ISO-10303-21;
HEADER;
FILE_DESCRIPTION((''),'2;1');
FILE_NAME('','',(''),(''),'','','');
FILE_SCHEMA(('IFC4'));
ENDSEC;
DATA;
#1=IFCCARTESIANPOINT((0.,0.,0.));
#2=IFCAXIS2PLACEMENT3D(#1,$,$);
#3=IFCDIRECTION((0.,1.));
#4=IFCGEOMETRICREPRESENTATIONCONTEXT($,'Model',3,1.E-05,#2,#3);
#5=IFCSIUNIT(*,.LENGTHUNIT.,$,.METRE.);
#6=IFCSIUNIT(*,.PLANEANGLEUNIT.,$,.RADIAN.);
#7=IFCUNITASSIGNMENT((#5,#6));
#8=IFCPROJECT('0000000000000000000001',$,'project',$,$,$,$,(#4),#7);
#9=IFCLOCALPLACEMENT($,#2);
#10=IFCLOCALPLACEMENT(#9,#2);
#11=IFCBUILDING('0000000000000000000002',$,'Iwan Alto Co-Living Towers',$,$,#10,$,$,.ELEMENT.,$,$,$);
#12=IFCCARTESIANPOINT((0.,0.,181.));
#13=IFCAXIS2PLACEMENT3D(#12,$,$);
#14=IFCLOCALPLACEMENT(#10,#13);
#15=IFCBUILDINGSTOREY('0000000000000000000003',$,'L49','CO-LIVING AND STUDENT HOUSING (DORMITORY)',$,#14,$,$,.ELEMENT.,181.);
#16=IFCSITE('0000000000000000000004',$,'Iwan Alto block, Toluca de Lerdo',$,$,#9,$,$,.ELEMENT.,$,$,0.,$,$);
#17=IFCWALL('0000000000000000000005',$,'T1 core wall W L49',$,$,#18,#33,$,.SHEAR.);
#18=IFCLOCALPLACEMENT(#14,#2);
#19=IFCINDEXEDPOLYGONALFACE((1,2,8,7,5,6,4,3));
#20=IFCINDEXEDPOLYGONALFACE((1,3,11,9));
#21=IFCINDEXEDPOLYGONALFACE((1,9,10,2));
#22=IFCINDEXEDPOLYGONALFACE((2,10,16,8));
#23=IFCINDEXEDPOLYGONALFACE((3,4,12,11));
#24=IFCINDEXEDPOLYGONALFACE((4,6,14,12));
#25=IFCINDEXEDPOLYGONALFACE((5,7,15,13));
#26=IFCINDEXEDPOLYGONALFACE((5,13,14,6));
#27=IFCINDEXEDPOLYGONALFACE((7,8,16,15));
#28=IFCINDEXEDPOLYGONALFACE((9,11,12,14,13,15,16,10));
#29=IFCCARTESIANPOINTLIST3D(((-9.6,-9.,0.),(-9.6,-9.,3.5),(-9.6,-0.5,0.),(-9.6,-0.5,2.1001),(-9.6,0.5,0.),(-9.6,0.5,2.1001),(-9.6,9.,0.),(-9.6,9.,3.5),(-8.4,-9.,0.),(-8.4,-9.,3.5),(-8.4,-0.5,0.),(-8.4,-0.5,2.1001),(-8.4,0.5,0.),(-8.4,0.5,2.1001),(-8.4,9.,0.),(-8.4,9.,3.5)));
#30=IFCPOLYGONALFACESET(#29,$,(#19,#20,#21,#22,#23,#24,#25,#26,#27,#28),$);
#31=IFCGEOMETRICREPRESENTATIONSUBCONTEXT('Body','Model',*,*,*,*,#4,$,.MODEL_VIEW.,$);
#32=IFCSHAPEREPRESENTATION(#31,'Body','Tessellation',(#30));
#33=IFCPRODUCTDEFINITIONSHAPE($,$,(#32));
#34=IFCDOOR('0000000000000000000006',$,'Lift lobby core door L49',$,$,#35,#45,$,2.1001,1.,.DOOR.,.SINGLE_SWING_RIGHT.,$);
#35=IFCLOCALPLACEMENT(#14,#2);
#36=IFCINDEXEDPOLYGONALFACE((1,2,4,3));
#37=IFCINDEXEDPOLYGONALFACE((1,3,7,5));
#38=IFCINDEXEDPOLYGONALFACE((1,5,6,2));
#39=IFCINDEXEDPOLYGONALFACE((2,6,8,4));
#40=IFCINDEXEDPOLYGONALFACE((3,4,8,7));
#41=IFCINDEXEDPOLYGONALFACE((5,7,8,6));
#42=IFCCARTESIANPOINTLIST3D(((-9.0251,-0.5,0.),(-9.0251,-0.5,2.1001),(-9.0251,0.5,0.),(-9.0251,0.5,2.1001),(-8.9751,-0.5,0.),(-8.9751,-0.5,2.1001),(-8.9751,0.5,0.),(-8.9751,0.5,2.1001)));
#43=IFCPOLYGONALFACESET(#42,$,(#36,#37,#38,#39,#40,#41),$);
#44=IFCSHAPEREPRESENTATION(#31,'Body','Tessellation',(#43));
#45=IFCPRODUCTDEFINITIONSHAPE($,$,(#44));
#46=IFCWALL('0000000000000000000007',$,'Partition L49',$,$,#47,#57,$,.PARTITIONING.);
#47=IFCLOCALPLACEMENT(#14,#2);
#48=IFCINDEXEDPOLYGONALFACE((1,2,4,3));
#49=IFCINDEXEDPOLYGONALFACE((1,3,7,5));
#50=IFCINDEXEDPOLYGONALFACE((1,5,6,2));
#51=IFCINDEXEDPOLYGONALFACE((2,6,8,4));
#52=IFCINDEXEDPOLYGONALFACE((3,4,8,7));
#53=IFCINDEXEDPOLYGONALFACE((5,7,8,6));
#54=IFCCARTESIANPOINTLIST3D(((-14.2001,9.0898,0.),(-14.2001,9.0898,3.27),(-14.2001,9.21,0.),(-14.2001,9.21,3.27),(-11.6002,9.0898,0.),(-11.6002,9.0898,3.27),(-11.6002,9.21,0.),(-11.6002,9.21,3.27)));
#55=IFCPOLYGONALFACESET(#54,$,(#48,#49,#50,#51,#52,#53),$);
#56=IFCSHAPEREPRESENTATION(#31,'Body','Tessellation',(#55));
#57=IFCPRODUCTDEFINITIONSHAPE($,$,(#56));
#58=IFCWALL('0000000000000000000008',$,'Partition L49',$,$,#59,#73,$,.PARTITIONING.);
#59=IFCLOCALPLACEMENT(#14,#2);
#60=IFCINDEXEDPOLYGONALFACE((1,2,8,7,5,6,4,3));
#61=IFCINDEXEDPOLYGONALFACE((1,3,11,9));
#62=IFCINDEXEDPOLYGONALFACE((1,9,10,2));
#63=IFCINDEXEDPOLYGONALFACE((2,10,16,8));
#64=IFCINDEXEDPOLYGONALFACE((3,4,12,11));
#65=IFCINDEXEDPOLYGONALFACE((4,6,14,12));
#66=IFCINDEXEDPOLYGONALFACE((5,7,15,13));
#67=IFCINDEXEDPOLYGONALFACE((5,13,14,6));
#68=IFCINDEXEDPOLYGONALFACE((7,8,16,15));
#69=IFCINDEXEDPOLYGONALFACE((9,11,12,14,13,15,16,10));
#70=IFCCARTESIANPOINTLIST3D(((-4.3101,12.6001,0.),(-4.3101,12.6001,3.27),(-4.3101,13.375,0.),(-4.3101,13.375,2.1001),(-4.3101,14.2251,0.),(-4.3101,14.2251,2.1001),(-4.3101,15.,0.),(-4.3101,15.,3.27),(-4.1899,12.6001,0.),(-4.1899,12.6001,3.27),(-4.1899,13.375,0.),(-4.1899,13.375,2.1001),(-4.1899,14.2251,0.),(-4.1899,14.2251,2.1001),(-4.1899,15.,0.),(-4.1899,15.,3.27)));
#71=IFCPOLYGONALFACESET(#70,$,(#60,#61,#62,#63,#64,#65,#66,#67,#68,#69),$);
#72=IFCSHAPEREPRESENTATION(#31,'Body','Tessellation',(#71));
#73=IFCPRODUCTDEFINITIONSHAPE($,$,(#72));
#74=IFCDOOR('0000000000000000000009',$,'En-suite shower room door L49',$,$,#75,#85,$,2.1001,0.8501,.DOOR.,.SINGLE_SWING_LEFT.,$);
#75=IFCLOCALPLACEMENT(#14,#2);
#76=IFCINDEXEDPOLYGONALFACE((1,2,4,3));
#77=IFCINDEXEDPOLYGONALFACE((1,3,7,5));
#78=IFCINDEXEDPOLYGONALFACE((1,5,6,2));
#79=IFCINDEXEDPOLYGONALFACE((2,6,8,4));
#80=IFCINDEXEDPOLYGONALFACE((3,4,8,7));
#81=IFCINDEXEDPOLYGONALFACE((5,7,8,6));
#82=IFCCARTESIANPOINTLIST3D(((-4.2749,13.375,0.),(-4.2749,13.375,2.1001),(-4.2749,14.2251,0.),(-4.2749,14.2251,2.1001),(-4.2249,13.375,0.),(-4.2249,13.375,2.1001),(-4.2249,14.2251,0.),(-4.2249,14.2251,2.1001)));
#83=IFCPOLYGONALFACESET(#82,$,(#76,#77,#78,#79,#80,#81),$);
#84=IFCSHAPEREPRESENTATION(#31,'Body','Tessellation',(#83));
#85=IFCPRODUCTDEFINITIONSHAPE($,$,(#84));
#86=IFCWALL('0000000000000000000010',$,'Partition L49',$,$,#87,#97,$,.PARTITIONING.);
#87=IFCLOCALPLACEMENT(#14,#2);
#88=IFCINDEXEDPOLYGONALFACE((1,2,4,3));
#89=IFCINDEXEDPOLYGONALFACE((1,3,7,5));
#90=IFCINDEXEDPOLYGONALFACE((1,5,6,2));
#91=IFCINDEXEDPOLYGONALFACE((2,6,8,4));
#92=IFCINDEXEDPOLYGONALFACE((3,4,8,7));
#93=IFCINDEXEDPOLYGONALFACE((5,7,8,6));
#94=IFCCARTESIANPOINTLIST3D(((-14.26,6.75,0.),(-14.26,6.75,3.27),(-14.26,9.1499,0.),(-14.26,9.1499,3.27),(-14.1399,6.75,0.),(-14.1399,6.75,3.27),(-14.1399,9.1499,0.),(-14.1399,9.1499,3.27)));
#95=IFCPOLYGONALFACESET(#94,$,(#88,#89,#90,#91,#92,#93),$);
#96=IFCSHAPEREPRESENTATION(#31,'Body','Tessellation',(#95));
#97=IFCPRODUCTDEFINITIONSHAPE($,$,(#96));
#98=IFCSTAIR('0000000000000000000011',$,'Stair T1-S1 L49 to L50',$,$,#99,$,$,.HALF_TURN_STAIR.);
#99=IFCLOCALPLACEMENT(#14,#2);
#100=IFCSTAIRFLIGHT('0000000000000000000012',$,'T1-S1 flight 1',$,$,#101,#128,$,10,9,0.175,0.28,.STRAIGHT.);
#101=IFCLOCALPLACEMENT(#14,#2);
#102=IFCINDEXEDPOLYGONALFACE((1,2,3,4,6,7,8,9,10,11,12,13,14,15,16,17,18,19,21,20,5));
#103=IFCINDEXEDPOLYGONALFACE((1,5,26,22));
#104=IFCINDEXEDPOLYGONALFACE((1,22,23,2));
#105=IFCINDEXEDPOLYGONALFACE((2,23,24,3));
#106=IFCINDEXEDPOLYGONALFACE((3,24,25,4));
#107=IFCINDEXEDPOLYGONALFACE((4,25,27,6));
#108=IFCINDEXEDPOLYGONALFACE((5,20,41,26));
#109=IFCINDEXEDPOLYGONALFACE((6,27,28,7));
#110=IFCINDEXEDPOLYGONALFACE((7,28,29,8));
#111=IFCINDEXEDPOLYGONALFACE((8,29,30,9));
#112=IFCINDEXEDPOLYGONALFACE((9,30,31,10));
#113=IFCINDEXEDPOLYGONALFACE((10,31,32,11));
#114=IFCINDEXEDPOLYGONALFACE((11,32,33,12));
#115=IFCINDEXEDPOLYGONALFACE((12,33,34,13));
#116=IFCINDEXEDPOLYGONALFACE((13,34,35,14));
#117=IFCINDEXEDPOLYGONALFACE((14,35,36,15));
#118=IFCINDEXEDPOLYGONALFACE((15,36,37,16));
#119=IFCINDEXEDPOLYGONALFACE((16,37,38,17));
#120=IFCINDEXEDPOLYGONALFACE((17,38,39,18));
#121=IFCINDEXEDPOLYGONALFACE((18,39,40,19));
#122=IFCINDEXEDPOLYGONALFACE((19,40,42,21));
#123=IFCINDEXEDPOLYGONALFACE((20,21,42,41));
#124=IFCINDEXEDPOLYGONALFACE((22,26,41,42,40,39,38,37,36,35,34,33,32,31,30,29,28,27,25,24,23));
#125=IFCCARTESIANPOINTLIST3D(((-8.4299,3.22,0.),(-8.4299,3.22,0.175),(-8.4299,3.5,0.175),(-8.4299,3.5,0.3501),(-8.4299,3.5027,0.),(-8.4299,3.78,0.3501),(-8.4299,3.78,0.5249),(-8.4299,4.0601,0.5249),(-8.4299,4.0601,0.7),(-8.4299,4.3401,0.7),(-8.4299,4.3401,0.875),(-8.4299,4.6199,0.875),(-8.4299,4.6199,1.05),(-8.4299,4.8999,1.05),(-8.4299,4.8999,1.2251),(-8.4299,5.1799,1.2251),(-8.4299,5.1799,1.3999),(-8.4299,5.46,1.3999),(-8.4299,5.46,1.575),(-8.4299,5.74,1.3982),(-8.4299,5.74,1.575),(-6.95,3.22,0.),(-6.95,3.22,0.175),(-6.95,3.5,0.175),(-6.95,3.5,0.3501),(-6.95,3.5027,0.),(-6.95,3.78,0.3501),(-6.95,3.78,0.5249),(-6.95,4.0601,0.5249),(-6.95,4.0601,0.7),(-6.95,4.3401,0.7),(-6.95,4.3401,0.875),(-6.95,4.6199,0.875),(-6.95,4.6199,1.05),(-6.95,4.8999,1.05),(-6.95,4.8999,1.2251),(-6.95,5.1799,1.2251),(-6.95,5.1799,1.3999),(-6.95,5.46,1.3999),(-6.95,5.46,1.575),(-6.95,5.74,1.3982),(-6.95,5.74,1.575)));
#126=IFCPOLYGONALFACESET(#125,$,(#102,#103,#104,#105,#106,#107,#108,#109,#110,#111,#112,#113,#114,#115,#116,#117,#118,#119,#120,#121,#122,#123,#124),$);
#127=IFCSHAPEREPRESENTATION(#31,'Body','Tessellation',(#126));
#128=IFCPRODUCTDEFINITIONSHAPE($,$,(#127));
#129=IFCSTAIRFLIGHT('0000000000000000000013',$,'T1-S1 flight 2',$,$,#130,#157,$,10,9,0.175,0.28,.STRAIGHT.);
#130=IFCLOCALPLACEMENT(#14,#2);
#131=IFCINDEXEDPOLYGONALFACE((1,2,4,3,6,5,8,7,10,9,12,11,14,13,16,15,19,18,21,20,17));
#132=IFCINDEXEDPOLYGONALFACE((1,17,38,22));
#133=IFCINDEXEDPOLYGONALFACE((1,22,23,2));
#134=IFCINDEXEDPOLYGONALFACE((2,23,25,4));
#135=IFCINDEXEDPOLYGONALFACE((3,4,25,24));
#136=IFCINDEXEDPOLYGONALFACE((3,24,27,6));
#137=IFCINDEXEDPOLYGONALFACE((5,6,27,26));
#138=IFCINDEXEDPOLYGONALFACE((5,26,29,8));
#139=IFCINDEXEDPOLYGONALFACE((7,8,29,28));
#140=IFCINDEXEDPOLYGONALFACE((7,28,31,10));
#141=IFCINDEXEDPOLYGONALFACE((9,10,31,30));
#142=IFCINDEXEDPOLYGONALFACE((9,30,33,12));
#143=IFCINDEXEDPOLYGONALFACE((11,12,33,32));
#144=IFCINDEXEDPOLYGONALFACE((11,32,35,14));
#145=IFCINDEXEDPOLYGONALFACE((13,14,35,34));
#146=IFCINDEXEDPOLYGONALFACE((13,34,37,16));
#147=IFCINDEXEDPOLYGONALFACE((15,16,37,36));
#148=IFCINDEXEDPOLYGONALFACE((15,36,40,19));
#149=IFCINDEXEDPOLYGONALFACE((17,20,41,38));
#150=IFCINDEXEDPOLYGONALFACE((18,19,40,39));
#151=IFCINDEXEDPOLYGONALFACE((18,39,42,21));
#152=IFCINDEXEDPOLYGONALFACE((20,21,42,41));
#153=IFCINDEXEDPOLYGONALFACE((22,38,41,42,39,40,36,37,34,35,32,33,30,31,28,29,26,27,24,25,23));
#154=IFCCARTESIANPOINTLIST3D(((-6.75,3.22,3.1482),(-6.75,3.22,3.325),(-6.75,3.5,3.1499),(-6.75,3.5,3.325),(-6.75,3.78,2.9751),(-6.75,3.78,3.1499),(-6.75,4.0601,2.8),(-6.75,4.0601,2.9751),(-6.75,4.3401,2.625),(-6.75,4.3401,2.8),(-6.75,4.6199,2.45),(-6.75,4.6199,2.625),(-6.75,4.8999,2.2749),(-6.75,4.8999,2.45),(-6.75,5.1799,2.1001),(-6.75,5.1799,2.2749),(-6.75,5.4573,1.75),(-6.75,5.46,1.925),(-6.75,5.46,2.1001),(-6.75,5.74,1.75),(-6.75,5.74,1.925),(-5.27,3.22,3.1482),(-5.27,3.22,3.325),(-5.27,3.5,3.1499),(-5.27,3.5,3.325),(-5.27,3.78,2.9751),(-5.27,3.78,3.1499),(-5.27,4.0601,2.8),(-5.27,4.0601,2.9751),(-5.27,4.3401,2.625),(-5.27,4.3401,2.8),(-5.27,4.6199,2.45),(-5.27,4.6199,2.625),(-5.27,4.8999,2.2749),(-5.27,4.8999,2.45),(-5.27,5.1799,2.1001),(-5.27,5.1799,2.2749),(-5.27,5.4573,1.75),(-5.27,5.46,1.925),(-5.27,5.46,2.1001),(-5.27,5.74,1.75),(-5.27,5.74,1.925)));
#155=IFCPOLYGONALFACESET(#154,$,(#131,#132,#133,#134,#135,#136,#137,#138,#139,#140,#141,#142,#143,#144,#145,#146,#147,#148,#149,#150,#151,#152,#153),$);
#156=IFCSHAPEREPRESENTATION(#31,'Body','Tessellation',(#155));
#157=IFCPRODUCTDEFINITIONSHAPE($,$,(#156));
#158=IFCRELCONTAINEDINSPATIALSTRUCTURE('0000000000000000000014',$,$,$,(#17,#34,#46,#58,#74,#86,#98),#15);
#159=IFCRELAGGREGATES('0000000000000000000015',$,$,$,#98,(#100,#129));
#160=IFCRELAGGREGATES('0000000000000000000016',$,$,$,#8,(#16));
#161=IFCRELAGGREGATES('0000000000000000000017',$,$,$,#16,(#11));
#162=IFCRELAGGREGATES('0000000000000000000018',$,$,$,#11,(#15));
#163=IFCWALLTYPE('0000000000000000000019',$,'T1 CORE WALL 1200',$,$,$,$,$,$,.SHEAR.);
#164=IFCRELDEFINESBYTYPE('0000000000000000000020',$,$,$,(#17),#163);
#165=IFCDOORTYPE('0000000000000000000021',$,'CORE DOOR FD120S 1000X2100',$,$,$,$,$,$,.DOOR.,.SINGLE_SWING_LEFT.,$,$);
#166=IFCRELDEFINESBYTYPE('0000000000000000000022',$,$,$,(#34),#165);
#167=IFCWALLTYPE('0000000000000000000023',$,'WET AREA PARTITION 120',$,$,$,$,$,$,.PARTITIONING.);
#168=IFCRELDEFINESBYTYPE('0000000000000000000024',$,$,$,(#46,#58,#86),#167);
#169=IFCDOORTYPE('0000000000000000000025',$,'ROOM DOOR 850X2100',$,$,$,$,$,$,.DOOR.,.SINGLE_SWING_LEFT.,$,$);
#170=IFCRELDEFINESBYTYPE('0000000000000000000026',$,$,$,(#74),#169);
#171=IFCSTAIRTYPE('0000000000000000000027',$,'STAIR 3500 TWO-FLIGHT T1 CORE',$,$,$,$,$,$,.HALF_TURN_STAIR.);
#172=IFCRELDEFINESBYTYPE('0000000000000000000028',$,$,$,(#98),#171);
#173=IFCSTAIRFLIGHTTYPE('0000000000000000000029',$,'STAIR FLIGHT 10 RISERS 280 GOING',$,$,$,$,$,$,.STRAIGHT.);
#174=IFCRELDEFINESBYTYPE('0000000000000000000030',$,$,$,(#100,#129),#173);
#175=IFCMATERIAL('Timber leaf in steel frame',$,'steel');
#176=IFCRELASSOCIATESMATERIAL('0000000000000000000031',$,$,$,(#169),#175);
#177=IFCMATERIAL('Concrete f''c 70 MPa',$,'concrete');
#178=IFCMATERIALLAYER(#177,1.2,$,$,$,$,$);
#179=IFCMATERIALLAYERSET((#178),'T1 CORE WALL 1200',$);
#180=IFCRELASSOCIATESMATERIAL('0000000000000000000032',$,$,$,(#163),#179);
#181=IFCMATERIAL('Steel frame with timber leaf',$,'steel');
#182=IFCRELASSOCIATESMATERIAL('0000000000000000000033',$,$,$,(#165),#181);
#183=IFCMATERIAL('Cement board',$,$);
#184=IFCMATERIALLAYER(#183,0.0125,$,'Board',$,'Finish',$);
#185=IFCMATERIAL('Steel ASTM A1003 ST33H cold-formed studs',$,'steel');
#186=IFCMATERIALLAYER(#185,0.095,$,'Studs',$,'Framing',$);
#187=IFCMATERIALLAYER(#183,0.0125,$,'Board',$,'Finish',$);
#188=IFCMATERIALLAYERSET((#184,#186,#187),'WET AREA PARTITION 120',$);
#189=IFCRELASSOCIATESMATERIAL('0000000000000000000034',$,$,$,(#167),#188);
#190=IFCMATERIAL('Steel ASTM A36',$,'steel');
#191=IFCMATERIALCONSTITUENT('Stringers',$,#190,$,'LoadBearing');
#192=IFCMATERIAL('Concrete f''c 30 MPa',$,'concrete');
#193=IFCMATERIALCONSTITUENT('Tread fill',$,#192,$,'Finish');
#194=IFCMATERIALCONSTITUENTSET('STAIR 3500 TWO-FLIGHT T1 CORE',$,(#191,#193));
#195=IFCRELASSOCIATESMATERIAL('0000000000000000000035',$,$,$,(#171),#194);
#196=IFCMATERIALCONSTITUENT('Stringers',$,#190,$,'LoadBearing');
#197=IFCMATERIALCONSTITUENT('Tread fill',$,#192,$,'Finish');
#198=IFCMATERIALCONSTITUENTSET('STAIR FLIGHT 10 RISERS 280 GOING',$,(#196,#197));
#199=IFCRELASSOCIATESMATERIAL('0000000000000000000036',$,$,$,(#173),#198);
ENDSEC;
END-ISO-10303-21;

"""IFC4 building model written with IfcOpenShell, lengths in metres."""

from ifc_helpers import new_model, si_unit, direction, frame, frame_2d, origin, place, context, subcontext, project, spatial, polyline, rectangle, outline, extrude, material, layer, layer_set, constituent, constituent_set, type_object, element, fill, aggregate, save


model = new_model("IFC4")

# Units and contexts
model_context = context("Model", 3, precision=1e-05, world=origin(), true_north=direction((0.0, 1.0)))
body_context = subcontext(model_context, "Body", "Model", "MODEL_VIEW")
ifc_project = project(units=[si_unit("LENGTHUNIT", "METRE"), si_unit("PLANEANGLEUNIT", "RADIAN")], contexts=[model_context])

# Site, building, storey
site_placement = place(None, origin())
site = spatial("IfcSite", under=ifc_project, at=site_placement, Name="Iwan Alto block, Toluca de Lerdo", CompositionType="ELEMENT", RefElevation=0.0)
building_placement = place(site_placement, origin())
building = spatial("IfcBuilding", under=site, at=building_placement, Name="Iwan Alto Co-Living Towers", CompositionType="ELEMENT")
storey_placement = place(building_placement, frame((0.0, 0.0, 181.0)))
storey = spatial("IfcBuildingStorey", under=building, at=storey_placement, Name="L49", Description="CO-LIVING AND STUDENT HOUSING (DORMITORY)", CompositionType="ELEMENT", Elevation=181.0)

# Shared definitions
ifc_material_1 = material(Name="Steel ASTM A1003 ST33H cold-formed studs", Category="steel")

# Shared definitions
ifc_material_2 = material(Name="Timber leaf in steel frame", Category="steel")
door_type_1 = type_object("IfcDoorType", Name="ROOM DOOR 850X2100", OperationType="SINGLE_SWING_LEFT", PredefinedType="DOOR", material=ifc_material_2)

# Wall, opening, door
ifc_material_3 = material(Name="Concrete f'c 70 MPa", Category="concrete")
ifc_layer_1 = layer(ifc_material_3, 1.2)
ifc_layer_set_1 = layer_set([ifc_layer_1], Name="T1 CORE WALL 1200")
wall_type_1 = type_object("IfcWallType", Name="T1 CORE WALL 1200", PredefinedType="SHEAR", material=ifc_layer_set_1)
wall_1_placement = place(storey_placement, frame((-9.0, 9.0, 0.0), z_axis=(0.0, 0.0, 1.0), x_axis=(0.0, -1.0, 0.0)))
wall_1 = element("IfcWall", 1, at=wall_1_placement, inside=storey, type_object=wall_type_1, Name="T1 core wall W L49", PredefinedType="SHEAR", context=body_context, shape_type="SweptSolid", body=[
    extrude(rectangle(XDim=18.0, YDim=1.2, at=frame_2d((9.0, 0.0))), origin(), (0.0, 0.0, 1.0), 3.5),
])
opening_1_placement = place(wall_1_placement, frame((8.5, 0.0, 0.0)))
opening_1 = element("IfcOpeningElement", 2, at=opening_1_placement, cuts=wall_1, PredefinedType="OPENING", context=body_context, shape_type="SweptSolid", body=[
    extrude(rectangle(XDim=1.0, YDim=2.1001, at=frame_2d((0.5, 1.05))), frame((0.0, 0.6099, 0.0), z_axis=(0.0, -1.0, 0.0), x_axis=(1.0, 0.0, 0.0)), (0.0, 0.0, 1.0), 1.22),
])
ifc_material_4 = material(Name="Steel frame with timber leaf", Category="steel")
door_type_2 = type_object("IfcDoorType", Name="CORE DOOR FD120S 1000X2100", OperationType="SINGLE_SWING_LEFT", PredefinedType="DOOR", material=ifc_material_4)
door_1_placement = place(opening_1_placement, origin())
door_1 = element("IfcDoor", 3, at=door_1_placement, inside=storey, type_object=door_type_2, Name="Lift lobby core door L49", OperationType="SINGLE_SWING_RIGHT", OverallHeight=2.1001, OverallWidth=1.0, PredefinedType="DOOR", context=body_context, shape_type="SweptSolid", body=[
    extrude(rectangle(XDim=1.0, YDim=2.1001, at=frame_2d((0.5, 1.05))), frame((0.0, 0.0249, 0.0), z_axis=(0.0, -1.0, 0.0), x_axis=(1.0, 0.0, 0.0)), (0.0, 0.0, 1.0), 0.05),
])
fill(opening_1, door_1)

# Wall
ifc_material_5 = material(Name="Cement board")
ifc_layer_2 = layer(ifc_material_5, 0.0125, Name="Board", Category="Finish")
ifc_layer_3 = layer(ifc_material_1, 0.095, Name="Studs", Category="Framing")
ifc_layer_4 = layer(ifc_material_5, 0.0125, Name="Board", Category="Finish")
ifc_layer_set_2 = layer_set([ifc_layer_2, ifc_layer_3, ifc_layer_4], Name="WET AREA PARTITION 120")
wall_type_2 = type_object("IfcWallType", Name="WET AREA PARTITION 120", PredefinedType="PARTITIONING", material=ifc_layer_set_2)
wall_2_placement = place(storey_placement, frame((-14.2, 9.1499, 0.0), z_axis=(0.0, 0.0, 1.0), x_axis=(1.0, 0.0, 0.0)))
element("IfcWall", 4, at=wall_2_placement, inside=storey, type_object=wall_type_2, Name="Partition L49", PredefinedType="PARTITIONING", context=body_context, shape_type="SweptSolid", body=[
    extrude(rectangle(XDim=2.5999, YDim=0.1201, at=frame_2d((1.2998, 0.0))), origin(), (0.0, 0.0, 1.0), 3.27),
])

# Wall, opening, door
wall_3_placement = place(storey_placement, frame((-4.25, 12.6001, 0.0), z_axis=(0.0, 0.0, 1.0), x_axis=(0.0, 1.0, 0.0)))
wall_3 = element("IfcWall", 5, at=wall_3_placement, inside=storey, type_object=wall_type_2, Name="Partition L49", PredefinedType="PARTITIONING", context=body_context, shape_type="SweptSolid", body=[
    extrude(rectangle(XDim=2.3999, YDim=0.1201, at=frame_2d((1.2, 0.0))), origin(), (0.0, 0.0, 1.0), 3.27),
])
opening_2_placement = place(wall_3_placement, frame((0.7749, 0.0, 0.0)))
opening_2 = element("IfcOpeningElement", 6, at=opening_2_placement, cuts=wall_3, PredefinedType="OPENING", context=body_context, shape_type="SweptSolid", body=[
    extrude(rectangle(XDim=0.8501, YDim=2.1001, at=frame_2d((0.425, 1.05))), frame((0.0, 0.0701, 0.0), z_axis=(0.0, -1.0, 0.0), x_axis=(1.0, 0.0, 0.0)), (0.0, 0.0, 1.0), 0.1401),
])
door_2_placement = place(opening_2_placement, origin())
door_2 = element("IfcDoor", 7, at=door_2_placement, inside=storey, type_object=door_type_1, Name="En-suite shower room door L49", OperationType="SINGLE_SWING_LEFT", OverallHeight=2.1001, OverallWidth=0.8501, PredefinedType="DOOR", context=body_context, shape_type="SweptSolid", body=[
    extrude(rectangle(XDim=0.8501, YDim=2.1001, at=frame_2d((0.425, 1.05))), frame((0.0, 0.0249, 0.0), z_axis=(0.0, -1.0, 0.0), x_axis=(1.0, 0.0, 0.0)), (0.0, 0.0, 1.0), 0.05),
])
fill(opening_2, door_2)

# Wall
wall_4_placement = place(storey_placement, frame((-14.2, 6.75, 0.0), z_axis=(0.0, 0.0, 1.0), x_axis=(0.0, 1.0, 0.0)))
element("IfcWall", 8, at=wall_4_placement, inside=storey, type_object=wall_type_2, Name="Partition L49", PredefinedType="PARTITIONING", context=body_context, shape_type="SweptSolid", body=[
    extrude(rectangle(XDim=2.3999, YDim=0.1201, at=frame_2d((1.2, 0.0))), origin(), (0.0, 0.0, 1.0), 3.27),
])

# Stair, stair flights
ifc_material_6 = material(Name="Steel ASTM A36", Category="steel")
ifc_constituent_1 = constituent(ifc_material_6, Name="Stringers", Category="LoadBearing")
ifc_material_7 = material(Name="Concrete f'c 30 MPa", Category="concrete")
ifc_constituent_2 = constituent(ifc_material_7, Name="Tread fill", Category="Finish")
ifc_constituent_set_1 = constituent_set(constituents=[ifc_constituent_1, ifc_constituent_2], Name="STAIR 3500 TWO-FLIGHT T1 CORE")
stair_type = type_object("IfcStairType", Name="STAIR 3500 TWO-FLIGHT T1 CORE", PredefinedType="HALF_TURN_STAIR", material=ifc_constituent_set_1)
stair_placement = place(storey_placement, origin())
stair = element("IfcStair", 9, at=stair_placement, inside=storey, type_object=stair_type, Name="Stair T1-S1 L49 to L50", PredefinedType="HALF_TURN_STAIR")
ifc_constituent_3 = constituent(ifc_material_6, Name="Stringers", Category="LoadBearing")
ifc_constituent_4 = constituent(ifc_material_7, Name="Tread fill", Category="Finish")
ifc_constituent_set_2 = constituent_set(constituents=[ifc_constituent_3, ifc_constituent_4], Name="STAIR FLIGHT 10 RISERS 280 GOING")
stair_flight_type = type_object("IfcStairFlightType", Name="STAIR FLIGHT 10 RISERS 280 GOING", PredefinedType="STRAIGHT", material=ifc_constituent_set_2)
stair_flight_1_placement = place(storey_placement, frame((-7.6899, 3.22, 0.0), z_axis=(0.0, 0.0, 1.0), x_axis=(0.0, 1.0, 0.0)))
stair_flight_1 = element("IfcStairFlight", 10, at=stair_flight_1_placement, type_object=stair_flight_type, Name="T1-S1 flight 1", NumberOfRisers=10, NumberOfTreads=9, PredefinedType="STRAIGHT", RiserHeight=0.175, TreadLength=0.28, context=body_context, shape_type="SweptSolid", body=[
    extrude(outline(polyline([(0.0, 0.0), (0.0, 0.175), (0.28, 0.175), (0.28, 0.3501), (0.5601, 0.3501), (0.5601, 0.5249), (0.8401, 0.5249), (0.8401, 0.7), (1.1201, 0.7), (1.1201, 0.875), (1.3999, 0.875), (1.3999, 1.05), (1.6799, 1.05), (1.6799, 1.2251), (1.96, 1.2251), (1.96, 1.3999), (2.24, 1.3999), (2.24, 1.575), (2.52, 1.575), (2.52, 1.75), (2.52, 1.3982), (0.2827, 0.0), (0.0, 0.0)])), frame((0.0, 0.74, 0.0), z_axis=(0.0, -1.0, 0.0), x_axis=(1.0, 0.0, 0.0)), (0.0, 0.0, 1.0), 1.48),
])
stair_flight_2_placement = place(storey_placement, frame((-6.01, 5.74, 1.75), z_axis=(0.0, 0.0, 1.0), x_axis=(0.0, -1.0, 0.0)))
stair_flight_2 = element("IfcStairFlight", 11, at=stair_flight_2_placement, type_object=stair_flight_type, Name="T1-S1 flight 2", NumberOfRisers=10, NumberOfTreads=9, PredefinedType="STRAIGHT", RiserHeight=0.175, TreadLength=0.28, context=body_context, shape_type="SweptSolid", body=[
    extrude(outline(polyline([(0.0, 0.0), (0.0, 0.175), (0.28, 0.175), (0.28, 0.3501), (0.5601, 0.3501), (0.5601, 0.5249), (0.8401, 0.5249), (0.8401, 0.7), (1.1201, 0.7), (1.1201, 0.875), (1.3999, 0.875), (1.3999, 1.05), (1.6799, 1.05), (1.6799, 1.2251), (1.96, 1.2251), (1.96, 1.3999), (2.24, 1.3999), (2.24, 1.575), (2.52, 1.575), (2.52, 1.75), (2.52, 1.3982), (0.2827, 0.0), (0.0, 0.0)])), frame((0.0, 0.74, 0.0), z_axis=(0.0, -1.0, 0.0), x_axis=(1.0, 0.0, 0.0)), (0.0, 0.0, 1.0), 1.48),
])
aggregate(stair, [stair_flight_1, stair_flight_2])

save(model, "model.ifc")
